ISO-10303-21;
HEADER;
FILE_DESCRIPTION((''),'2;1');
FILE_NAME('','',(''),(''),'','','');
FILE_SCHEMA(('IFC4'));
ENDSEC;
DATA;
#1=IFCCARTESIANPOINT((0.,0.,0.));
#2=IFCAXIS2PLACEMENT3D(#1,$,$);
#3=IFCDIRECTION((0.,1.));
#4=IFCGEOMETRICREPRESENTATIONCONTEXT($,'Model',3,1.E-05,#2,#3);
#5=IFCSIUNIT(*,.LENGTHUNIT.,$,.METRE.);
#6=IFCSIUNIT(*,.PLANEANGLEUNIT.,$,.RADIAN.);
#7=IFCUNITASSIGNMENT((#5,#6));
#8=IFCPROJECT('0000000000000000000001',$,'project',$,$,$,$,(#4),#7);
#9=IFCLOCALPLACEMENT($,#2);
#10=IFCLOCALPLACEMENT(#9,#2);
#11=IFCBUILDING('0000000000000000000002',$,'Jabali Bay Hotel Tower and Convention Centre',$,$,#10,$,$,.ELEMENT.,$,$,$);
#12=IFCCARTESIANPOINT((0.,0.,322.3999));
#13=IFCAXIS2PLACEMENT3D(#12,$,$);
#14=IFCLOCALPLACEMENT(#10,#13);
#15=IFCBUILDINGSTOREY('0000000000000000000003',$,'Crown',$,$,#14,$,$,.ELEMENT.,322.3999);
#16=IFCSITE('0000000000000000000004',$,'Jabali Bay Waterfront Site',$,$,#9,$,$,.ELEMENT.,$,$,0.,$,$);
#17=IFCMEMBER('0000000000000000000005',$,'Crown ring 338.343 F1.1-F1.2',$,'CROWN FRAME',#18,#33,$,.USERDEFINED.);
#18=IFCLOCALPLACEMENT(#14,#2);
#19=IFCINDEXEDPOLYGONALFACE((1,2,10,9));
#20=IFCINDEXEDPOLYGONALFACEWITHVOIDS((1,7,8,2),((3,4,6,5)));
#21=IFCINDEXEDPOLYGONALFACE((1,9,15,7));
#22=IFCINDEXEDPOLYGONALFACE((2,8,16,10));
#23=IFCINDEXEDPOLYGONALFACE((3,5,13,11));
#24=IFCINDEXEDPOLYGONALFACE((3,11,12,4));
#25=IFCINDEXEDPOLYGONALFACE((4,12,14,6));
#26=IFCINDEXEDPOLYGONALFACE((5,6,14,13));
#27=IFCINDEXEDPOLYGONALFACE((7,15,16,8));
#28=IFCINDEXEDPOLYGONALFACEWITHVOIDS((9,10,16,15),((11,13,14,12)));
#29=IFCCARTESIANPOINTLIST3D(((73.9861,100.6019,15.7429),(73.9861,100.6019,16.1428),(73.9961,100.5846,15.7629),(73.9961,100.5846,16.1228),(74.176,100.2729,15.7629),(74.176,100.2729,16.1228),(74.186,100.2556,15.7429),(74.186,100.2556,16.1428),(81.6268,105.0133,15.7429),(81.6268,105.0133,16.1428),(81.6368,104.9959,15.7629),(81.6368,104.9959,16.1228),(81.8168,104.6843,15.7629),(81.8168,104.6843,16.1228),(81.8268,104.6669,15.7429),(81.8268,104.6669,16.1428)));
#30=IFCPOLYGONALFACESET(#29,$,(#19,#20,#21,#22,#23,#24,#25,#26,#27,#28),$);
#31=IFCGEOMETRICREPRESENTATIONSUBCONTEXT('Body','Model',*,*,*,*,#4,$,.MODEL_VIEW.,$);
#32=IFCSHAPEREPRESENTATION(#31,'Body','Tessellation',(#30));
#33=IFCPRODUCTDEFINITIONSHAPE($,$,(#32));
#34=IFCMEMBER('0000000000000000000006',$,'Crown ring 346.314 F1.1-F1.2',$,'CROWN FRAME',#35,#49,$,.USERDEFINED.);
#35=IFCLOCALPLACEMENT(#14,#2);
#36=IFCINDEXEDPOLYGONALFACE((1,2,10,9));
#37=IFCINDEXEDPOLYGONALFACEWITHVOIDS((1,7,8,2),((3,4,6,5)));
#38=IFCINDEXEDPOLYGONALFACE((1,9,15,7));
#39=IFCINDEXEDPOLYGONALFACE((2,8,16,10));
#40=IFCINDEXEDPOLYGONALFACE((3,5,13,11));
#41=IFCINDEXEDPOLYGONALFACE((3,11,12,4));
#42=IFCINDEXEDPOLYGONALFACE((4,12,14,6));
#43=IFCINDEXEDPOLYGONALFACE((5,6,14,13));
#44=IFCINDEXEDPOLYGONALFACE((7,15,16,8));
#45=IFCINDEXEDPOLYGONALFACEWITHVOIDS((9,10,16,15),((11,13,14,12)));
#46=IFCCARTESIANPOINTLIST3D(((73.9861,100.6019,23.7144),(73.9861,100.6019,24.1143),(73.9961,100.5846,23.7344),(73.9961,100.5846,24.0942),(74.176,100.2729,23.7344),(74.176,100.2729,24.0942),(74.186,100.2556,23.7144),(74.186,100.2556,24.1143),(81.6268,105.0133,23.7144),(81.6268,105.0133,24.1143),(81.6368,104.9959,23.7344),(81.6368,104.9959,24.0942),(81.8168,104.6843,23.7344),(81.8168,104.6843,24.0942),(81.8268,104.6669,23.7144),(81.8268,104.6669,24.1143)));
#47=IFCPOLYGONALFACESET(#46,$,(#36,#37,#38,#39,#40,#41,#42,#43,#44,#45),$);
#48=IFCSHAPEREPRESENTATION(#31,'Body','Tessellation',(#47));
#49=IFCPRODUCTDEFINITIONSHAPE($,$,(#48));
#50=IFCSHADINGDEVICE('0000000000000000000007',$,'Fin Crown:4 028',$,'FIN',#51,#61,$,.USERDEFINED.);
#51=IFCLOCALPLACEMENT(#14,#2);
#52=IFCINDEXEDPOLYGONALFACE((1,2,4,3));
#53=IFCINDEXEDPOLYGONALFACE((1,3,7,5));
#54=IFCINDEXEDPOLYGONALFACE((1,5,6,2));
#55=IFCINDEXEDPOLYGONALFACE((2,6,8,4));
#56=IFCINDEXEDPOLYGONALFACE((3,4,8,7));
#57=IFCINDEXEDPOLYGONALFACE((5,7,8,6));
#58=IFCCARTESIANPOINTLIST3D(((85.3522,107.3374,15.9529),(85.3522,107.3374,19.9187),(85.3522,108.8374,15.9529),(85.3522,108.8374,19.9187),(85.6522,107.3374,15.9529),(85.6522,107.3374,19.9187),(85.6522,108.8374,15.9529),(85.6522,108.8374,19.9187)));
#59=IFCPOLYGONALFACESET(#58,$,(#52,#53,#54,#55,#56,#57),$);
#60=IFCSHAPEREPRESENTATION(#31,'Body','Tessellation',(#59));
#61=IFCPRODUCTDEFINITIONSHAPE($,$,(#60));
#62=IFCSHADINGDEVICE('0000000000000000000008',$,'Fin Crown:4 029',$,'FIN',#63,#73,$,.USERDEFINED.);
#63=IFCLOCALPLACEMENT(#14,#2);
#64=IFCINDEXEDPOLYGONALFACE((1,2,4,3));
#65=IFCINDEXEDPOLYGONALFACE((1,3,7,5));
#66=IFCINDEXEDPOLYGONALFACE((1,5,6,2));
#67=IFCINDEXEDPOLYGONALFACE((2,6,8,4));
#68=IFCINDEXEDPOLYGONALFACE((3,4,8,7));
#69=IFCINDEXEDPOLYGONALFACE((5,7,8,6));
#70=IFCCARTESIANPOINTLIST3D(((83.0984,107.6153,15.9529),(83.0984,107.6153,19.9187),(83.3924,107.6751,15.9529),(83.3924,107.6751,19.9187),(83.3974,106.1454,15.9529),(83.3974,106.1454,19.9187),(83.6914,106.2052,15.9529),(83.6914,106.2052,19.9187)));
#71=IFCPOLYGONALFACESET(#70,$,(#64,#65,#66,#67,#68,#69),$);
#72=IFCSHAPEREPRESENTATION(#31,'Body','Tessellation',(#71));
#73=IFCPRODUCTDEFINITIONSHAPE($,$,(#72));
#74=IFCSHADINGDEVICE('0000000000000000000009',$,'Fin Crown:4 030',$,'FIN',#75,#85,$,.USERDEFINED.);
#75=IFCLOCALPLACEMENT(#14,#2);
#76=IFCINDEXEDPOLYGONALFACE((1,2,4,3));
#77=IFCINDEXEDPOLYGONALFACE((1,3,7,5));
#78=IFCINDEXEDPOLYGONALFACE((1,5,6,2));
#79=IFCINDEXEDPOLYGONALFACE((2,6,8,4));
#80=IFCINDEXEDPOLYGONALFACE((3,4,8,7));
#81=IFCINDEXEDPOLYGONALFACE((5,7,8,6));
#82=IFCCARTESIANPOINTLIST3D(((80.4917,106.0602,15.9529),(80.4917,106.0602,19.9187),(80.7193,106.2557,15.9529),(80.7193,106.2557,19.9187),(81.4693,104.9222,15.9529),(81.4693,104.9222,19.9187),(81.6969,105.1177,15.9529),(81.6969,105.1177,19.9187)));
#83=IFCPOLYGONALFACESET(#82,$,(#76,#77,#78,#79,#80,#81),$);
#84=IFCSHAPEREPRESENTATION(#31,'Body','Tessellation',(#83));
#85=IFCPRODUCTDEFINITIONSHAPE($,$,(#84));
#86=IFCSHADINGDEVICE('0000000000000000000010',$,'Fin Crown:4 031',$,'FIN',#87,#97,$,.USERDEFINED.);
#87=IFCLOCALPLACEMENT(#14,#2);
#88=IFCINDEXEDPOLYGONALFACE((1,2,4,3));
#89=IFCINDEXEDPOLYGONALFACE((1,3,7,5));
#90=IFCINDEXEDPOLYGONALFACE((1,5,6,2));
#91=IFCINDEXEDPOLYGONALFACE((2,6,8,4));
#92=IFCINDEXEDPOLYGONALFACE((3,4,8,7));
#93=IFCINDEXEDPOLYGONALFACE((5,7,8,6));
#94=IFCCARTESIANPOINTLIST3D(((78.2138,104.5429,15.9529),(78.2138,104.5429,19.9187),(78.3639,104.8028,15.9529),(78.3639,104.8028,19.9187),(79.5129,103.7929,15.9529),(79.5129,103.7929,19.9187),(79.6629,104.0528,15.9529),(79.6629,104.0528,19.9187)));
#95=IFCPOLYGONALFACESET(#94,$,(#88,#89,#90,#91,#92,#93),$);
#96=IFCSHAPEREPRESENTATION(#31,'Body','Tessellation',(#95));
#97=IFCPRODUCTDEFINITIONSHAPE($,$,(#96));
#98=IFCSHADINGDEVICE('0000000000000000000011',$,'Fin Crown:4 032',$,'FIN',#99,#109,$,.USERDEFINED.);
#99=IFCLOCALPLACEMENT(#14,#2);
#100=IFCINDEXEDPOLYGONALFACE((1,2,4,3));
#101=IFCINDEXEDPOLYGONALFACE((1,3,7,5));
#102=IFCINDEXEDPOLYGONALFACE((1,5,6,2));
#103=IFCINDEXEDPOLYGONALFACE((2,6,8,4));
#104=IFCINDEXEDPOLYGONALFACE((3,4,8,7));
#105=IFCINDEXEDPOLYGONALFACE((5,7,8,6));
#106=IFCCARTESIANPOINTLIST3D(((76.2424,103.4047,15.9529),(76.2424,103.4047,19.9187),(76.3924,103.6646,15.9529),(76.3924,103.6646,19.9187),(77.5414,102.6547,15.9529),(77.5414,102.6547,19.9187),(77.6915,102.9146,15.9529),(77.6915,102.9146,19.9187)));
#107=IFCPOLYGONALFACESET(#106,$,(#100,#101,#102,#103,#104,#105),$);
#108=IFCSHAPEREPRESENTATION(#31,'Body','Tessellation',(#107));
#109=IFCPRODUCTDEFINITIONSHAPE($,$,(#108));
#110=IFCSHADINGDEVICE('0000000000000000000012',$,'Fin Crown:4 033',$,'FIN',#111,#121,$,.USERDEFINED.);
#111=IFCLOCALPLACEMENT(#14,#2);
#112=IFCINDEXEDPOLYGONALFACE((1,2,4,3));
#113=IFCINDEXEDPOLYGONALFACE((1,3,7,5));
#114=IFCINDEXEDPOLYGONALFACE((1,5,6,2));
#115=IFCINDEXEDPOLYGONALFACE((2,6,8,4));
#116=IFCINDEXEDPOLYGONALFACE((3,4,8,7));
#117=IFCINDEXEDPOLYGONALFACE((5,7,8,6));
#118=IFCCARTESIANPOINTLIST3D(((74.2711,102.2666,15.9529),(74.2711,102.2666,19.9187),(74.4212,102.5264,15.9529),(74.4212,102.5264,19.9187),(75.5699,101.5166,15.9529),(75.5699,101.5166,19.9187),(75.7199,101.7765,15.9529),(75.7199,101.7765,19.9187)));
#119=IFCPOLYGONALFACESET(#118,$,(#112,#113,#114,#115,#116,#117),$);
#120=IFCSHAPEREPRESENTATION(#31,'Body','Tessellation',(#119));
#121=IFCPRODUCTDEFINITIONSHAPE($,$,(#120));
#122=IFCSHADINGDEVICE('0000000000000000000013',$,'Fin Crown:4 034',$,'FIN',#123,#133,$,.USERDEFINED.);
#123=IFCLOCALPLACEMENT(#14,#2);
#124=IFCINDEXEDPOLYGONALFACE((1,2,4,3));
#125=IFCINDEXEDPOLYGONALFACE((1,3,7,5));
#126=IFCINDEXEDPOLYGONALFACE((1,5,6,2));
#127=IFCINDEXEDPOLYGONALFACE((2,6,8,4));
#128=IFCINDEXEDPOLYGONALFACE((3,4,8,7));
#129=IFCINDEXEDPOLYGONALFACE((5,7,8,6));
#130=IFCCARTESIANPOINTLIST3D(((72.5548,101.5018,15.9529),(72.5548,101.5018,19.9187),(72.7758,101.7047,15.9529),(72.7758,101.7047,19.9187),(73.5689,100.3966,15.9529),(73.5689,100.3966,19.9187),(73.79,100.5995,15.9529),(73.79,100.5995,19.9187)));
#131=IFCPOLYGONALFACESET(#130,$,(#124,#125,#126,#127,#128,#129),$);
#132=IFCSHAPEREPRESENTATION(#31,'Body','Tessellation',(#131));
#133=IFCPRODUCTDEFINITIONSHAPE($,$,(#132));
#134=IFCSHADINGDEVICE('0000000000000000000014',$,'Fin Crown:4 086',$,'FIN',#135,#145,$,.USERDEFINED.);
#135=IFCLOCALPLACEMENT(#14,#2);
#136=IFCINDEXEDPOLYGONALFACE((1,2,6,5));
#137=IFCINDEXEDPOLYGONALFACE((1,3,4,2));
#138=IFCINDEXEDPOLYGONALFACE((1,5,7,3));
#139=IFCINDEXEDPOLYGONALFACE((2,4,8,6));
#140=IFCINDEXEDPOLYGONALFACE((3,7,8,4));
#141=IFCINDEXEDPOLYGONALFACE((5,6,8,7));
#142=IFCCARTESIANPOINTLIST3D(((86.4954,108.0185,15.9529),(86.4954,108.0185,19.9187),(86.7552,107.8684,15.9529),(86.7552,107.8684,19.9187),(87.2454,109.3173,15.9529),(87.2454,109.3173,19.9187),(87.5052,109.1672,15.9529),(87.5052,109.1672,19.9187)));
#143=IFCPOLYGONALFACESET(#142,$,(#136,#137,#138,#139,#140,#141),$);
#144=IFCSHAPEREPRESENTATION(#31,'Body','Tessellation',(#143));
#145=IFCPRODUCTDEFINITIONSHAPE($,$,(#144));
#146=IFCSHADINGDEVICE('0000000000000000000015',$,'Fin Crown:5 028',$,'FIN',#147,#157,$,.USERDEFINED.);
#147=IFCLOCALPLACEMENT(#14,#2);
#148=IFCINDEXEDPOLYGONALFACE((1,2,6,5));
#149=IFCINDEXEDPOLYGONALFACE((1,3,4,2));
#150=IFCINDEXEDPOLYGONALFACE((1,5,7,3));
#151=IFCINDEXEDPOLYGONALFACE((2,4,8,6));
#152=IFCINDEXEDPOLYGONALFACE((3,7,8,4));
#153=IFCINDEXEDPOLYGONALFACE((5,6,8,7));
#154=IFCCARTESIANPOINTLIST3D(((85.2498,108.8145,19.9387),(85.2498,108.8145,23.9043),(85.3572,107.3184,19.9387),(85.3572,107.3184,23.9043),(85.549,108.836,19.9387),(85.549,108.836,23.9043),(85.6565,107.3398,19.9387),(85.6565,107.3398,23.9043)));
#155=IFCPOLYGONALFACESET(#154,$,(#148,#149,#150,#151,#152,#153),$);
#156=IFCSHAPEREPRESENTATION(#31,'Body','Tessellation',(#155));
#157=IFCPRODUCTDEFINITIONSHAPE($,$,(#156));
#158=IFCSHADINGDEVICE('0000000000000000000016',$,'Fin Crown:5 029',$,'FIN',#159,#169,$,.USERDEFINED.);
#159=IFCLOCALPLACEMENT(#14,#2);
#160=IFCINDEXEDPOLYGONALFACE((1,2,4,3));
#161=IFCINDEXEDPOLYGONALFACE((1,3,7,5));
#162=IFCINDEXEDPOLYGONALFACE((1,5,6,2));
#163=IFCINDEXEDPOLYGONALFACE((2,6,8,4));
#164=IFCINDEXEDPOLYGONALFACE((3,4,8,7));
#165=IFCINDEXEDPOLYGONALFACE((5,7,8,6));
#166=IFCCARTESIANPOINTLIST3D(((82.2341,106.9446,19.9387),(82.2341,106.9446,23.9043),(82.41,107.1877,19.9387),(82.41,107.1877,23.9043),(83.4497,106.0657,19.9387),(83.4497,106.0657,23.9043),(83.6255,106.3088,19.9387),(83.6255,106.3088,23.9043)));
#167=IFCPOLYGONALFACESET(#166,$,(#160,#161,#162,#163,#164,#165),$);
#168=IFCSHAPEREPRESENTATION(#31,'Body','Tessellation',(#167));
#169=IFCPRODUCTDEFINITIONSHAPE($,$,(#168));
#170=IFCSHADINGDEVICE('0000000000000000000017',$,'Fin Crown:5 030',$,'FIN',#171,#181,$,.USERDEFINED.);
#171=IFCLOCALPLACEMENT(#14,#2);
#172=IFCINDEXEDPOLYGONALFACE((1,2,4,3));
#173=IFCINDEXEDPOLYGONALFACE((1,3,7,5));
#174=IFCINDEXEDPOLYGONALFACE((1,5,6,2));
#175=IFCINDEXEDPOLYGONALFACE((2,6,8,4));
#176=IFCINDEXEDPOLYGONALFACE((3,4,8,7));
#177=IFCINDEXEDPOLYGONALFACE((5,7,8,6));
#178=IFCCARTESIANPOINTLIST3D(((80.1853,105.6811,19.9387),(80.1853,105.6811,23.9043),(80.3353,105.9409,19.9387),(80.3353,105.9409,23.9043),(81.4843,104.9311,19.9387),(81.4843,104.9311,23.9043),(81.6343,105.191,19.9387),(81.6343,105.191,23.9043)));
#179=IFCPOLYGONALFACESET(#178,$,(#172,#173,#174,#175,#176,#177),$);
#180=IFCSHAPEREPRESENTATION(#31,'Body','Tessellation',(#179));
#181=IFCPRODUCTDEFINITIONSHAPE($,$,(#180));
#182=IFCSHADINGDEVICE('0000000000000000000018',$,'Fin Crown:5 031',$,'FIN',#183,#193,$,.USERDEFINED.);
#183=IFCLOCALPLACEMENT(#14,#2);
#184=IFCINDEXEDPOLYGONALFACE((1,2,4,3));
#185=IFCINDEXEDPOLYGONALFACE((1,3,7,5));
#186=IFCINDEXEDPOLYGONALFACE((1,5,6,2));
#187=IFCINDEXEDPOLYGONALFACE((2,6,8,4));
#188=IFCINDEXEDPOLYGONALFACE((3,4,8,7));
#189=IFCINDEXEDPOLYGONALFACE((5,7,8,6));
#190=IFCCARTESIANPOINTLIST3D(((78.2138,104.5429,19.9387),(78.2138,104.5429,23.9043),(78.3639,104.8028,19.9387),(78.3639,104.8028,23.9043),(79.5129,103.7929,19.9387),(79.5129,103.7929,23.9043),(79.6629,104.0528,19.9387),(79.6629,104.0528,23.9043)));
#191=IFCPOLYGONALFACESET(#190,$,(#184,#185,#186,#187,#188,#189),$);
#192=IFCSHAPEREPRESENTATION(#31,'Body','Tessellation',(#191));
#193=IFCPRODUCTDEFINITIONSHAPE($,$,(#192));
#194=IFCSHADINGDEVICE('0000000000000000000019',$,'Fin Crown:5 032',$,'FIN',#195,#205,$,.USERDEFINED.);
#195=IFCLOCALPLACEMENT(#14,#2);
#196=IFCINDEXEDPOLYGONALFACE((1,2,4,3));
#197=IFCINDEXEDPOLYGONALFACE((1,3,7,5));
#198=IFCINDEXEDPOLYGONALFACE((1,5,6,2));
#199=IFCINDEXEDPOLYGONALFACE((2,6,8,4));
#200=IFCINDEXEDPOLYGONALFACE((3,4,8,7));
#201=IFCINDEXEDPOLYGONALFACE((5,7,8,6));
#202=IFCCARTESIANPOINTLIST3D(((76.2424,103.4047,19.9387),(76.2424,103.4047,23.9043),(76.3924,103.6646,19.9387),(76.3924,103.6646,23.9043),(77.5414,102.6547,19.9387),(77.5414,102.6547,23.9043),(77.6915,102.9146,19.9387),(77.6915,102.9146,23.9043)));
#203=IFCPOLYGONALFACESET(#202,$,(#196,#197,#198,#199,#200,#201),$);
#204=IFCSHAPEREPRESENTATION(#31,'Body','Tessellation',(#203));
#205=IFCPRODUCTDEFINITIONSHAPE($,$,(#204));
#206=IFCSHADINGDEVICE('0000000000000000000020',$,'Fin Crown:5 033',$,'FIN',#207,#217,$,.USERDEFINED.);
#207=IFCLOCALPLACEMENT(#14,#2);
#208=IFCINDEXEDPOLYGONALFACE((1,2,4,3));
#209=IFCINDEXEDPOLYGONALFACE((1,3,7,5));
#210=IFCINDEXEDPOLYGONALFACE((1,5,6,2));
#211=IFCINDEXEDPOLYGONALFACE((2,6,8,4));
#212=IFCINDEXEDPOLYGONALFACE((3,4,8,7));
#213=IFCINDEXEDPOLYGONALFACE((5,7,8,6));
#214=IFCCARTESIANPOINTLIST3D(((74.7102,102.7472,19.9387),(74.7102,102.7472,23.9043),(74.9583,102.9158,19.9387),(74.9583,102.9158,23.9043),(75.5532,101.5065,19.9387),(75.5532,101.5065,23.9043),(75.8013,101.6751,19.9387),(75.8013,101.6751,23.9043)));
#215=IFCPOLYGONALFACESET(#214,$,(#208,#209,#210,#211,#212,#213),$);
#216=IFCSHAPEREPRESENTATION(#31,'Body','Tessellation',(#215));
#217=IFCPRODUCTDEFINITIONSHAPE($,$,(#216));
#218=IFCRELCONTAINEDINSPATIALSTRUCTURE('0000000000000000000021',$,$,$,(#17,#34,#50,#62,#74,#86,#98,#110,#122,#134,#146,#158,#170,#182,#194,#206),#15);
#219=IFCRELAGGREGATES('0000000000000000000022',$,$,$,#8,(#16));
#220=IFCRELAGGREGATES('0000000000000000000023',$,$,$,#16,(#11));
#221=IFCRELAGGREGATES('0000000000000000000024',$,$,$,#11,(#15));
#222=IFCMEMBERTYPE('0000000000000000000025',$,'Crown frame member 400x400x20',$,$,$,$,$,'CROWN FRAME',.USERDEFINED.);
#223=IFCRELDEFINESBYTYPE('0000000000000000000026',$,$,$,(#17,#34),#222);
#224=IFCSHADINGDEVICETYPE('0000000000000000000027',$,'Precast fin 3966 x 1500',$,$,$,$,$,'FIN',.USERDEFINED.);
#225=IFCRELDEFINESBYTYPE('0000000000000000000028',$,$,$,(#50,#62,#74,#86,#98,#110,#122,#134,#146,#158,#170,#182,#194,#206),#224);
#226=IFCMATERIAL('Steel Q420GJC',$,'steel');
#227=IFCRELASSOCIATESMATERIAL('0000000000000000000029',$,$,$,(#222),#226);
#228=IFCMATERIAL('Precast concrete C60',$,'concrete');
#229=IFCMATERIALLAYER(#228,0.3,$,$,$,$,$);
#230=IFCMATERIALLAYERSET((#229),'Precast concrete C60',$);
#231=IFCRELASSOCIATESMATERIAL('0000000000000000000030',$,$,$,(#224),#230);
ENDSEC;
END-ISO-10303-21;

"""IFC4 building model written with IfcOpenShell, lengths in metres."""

from ifc_helpers import new_model, si_unit, direction, frame, frame_2d, origin, origin_2d, place, context, subcontext, project, spatial, rectangle, hollow_rectangle, extrude, material, layer, layer_set, material_profile, profile_set, type_object, element, save


model = new_model("IFC4")

# Units and contexts
model_context = context("Model", 3, precision=1e-05, world=origin(), true_north=direction((0.0, 1.0)))
body_context = subcontext(model_context, "Body", "Model", "MODEL_VIEW")
ifc_project = project(units=[si_unit("LENGTHUNIT", "METRE"), si_unit("PLANEANGLEUNIT", "RADIAN")], contexts=[model_context])

# Site, building, storey
site_placement = place(None, origin())
site = spatial("IfcSite", under=ifc_project, at=site_placement, Name="Jabali Bay Waterfront Site", CompositionType="ELEMENT", RefElevation=0.0)
building_placement = place(site_placement, origin())
building = spatial("IfcBuilding", under=site, at=building_placement, Name="Jabali Bay Hotel Tower and Convention Centre", CompositionType="ELEMENT")
storey_placement = place(building_placement, frame((0.0, 0.0, 322.3999)))
storey = spatial("IfcBuildingStorey", under=building, at=storey_placement, Name="Crown", CompositionType="ELEMENT", Elevation=322.3999)

# Members
ifc_material_1 = material(Name="Steel Q420GJC", Category="steel")
ifc_material_profile_1 = material_profile(ifc_material_1, hollow_rectangle(XDim=0.3999, YDim=0.3999, WallThickness=0.02, at=origin_2d()), Name="Crown frame member 400x400x20")
ifc_profile_set_1 = profile_set([ifc_material_profile_1], Name="Steel Q420GJC")
member_type_1 = type_object("IfcMemberType", Name="Crown frame member 400x400x20", ElementType="CROWN FRAME", PredefinedType="USERDEFINED", material=ifc_profile_set_1)
for number, where, z_axis, x_axis, name in (
    (1, (81.7268, 104.8401, 15.9429), (-0.866029, -0.499993, 0.0), (0.499993, -0.866029, 0.0), "Crown ring 338.343 F1.1-F1.2"),
    (2, (81.7268, 104.8401, 23.9143), (-0.866029, -0.499993, 0.0), (0.499993, -0.866029, 0.0), "Crown ring 346.314 F1.1-F1.2"),
):
    element("IfcMember", number, at=place(storey_placement, frame(where, z_axis=z_axis, x_axis=x_axis)), inside=storey, type_object=member_type_1, Name=name, ObjectType="CROWN FRAME", PredefinedType="USERDEFINED", context=body_context, shape_type="SweptSolid", body=[
        extrude(hollow_rectangle(XDim=0.3999, YDim=0.3999, WallThickness=0.02, at=origin_2d()), origin(), (0.0, 0.0, 1.0), 8.8228),
    ])

# Shading devices
ifc_material_2 = material(Name="Precast concrete C60", Category="concrete")
ifc_layer = layer(ifc_material_2, 0.3)
ifc_layer_set = layer_set([ifc_layer], Name="Precast concrete C60")
shading_device_type = type_object("IfcShadingDeviceType", Name="Precast fin 3966 x 1500", ElementType="FIN", PredefinedType="USERDEFINED", material=ifc_layer_set)
for number, where, z_axis, x_axis, name in (
    (3, (85.5022, 107.3374, 15.9529), (0.0, 0.0, 1.0), (0.0, 1.0, 0.0), "Fin Crown:4 028"),
    (4, (83.5444, 106.1753, 15.9529), (0.0, 0.0, 1.0), (-0.19937, 0.979924, 0.0), "Fin Crown:4 029"),
):
    element("IfcShadingDevice", number, at=place(storey_placement, frame(where, z_axis=z_axis, x_axis=x_axis)), inside=storey, type_object=shading_device_type, Name=name, ObjectType="FIN", PredefinedType="USERDEFINED", context=body_context, shape_type="SweptSolid", body=[
        extrude(rectangle(XDim=1.5, YDim=0.3, at=frame_2d((0.75, 0.0))), origin(), (0.0, 0.0, 1.0), 3.9658),
    ])
shading_device_1_placement = place(storey_placement, frame((81.583, 105.02, 15.9529), z_axis=(0.0, 0.0, 1.0), x_axis=(-0.651622, 0.758544, 0.0)))
element("IfcShadingDevice", 5, at=shading_device_1_placement, inside=storey, type_object=shading_device_type, Name="Fin Crown:4 030", ObjectType="FIN", PredefinedType="USERDEFINED", context=body_context, shape_type="SweptSolid", body=[
    extrude(rectangle(XDim=1.5002, YDim=0.3, at=frame_2d((0.75, 0.0))), origin(), (0.0, 0.0, 1.0), 3.9658),
])
for number, where, z_axis, x_axis, name in (
    (6, (79.5879, 103.9229, 15.9529), (0.0, 0.0, 1.0), (-0.866031, 0.49999, 0.0), "Fin Crown:4 031"),
    (7, (77.6165, 102.7847, 15.9529), (0.0, 0.0, 1.0), (-0.866031, 0.49999, 0.0), "Fin Crown:4 032"),
):
    element("IfcShadingDevice", number, at=place(storey_placement, frame(where, z_axis=z_axis, x_axis=x_axis)), inside=storey, type_object=shading_device_type, Name=name, ObjectType="FIN", PredefinedType="USERDEFINED", context=body_context, shape_type="SweptSolid", body=[
        extrude(rectangle(XDim=1.5, YDim=0.3, at=frame_2d((0.75, 0.0))), origin(), (0.0, 0.0, 1.0), 3.9658),
    ])
shading_device_2_placement = place(storey_placement, frame((75.645, 101.6465, 15.9529), z_axis=(0.0, 0.0, 1.0), x_axis=(-0.86599, 0.500061, 0.0)))
element("IfcShadingDevice", 8, at=shading_device_2_placement, inside=storey, type_object=shading_device_type, Name="Fin Crown:4 033", ObjectType="FIN", PredefinedType="USERDEFINED", context=body_context, shape_type="SweptSolid", body=[
    extrude(rectangle(XDim=1.4998, YDim=0.3, at=frame_2d((0.75, 0.0))), origin(), (0.0, 0.0, 1.0), 3.9658),
])
shading_device_3_placement = place(storey_placement, frame((73.6794, 100.498, 15.9529), z_axis=(0.0, 0.0, 1.0), x_axis=(-0.6761, 0.736809, 0.0)))
element("IfcShadingDevice", 9, at=shading_device_3_placement, inside=storey, type_object=shading_device_type, Name="Fin Crown:4 034", ObjectType="FIN", PredefinedType="USERDEFINED", context=body_context, shape_type="SweptSolid", body=[
    extrude(rectangle(XDim=1.5, YDim=0.3, at=frame_2d((0.75, 0.0))), origin(), (0.0, 0.0, 1.0), 3.9658),
])
shading_device_4_placement = place(storey_placement, frame((86.6252, 107.9434, 15.9529), z_axis=(0.0, 0.0, 1.0), x_axis=(0.500061, 0.86599, 0.0)))
element("IfcShadingDevice", 10, at=shading_device_4_placement, inside=storey, type_object=shading_device_type, Name="Fin Crown:4 086", ObjectType="FIN", PredefinedType="USERDEFINED", context=body_context, shape_type="SweptSolid", body=[
    extrude(rectangle(XDim=1.4998, YDim=0.3, at=frame_2d((0.75, 0.0))), origin(), (0.0, 0.0, 1.0), 3.9658),
])
for number, where, z_axis, x_axis, name in (
    (11, (85.5068, 107.3291, 19.9387), (0.0, 0.0, 1.0), (-0.071617, 0.997432, 0.0), "Fin Crown:5 028"),
    (12, (83.5376, 106.1873, 19.9387), (0.0, 0.0, 1.0), (-0.810366, 0.585924, 0.0), "Fin Crown:5 029"),
    (13, (81.5593, 105.061, 19.9387), (0.0, 0.0, 1.0), (-0.866031, 0.49999, 0.0), "Fin Crown:5 030"),
    (14, (79.5879, 103.9229, 19.9387), (0.0, 0.0, 1.0), (-0.866031, 0.49999, 0.0), "Fin Crown:5 031"),
    (15, (77.6165, 102.7847, 19.9387), (0.0, 0.0, 1.0), (-0.866031, 0.49999, 0.0), "Fin Crown:5 032"),
    (16, (75.6772, 101.5908, 19.9387), (0.0, 0.0, 1.0), (-0.562003, 0.827135, 0.0), "Fin Crown:5 033"),
):
    element("IfcShadingDevice", number, at=place(storey_placement, frame(where, z_axis=z_axis, x_axis=x_axis)), inside=storey, type_object=shading_device_type, Name=name, ObjectType="FIN", PredefinedType="USERDEFINED", context=body_context, shape_type="SweptSolid", body=[
        extrude(rectangle(XDim=1.5, YDim=0.3, at=frame_2d((0.75, 0.0))), origin(), (0.0, 0.0, 1.0), 3.9656),
    ])

save(model, "model.ifc")
